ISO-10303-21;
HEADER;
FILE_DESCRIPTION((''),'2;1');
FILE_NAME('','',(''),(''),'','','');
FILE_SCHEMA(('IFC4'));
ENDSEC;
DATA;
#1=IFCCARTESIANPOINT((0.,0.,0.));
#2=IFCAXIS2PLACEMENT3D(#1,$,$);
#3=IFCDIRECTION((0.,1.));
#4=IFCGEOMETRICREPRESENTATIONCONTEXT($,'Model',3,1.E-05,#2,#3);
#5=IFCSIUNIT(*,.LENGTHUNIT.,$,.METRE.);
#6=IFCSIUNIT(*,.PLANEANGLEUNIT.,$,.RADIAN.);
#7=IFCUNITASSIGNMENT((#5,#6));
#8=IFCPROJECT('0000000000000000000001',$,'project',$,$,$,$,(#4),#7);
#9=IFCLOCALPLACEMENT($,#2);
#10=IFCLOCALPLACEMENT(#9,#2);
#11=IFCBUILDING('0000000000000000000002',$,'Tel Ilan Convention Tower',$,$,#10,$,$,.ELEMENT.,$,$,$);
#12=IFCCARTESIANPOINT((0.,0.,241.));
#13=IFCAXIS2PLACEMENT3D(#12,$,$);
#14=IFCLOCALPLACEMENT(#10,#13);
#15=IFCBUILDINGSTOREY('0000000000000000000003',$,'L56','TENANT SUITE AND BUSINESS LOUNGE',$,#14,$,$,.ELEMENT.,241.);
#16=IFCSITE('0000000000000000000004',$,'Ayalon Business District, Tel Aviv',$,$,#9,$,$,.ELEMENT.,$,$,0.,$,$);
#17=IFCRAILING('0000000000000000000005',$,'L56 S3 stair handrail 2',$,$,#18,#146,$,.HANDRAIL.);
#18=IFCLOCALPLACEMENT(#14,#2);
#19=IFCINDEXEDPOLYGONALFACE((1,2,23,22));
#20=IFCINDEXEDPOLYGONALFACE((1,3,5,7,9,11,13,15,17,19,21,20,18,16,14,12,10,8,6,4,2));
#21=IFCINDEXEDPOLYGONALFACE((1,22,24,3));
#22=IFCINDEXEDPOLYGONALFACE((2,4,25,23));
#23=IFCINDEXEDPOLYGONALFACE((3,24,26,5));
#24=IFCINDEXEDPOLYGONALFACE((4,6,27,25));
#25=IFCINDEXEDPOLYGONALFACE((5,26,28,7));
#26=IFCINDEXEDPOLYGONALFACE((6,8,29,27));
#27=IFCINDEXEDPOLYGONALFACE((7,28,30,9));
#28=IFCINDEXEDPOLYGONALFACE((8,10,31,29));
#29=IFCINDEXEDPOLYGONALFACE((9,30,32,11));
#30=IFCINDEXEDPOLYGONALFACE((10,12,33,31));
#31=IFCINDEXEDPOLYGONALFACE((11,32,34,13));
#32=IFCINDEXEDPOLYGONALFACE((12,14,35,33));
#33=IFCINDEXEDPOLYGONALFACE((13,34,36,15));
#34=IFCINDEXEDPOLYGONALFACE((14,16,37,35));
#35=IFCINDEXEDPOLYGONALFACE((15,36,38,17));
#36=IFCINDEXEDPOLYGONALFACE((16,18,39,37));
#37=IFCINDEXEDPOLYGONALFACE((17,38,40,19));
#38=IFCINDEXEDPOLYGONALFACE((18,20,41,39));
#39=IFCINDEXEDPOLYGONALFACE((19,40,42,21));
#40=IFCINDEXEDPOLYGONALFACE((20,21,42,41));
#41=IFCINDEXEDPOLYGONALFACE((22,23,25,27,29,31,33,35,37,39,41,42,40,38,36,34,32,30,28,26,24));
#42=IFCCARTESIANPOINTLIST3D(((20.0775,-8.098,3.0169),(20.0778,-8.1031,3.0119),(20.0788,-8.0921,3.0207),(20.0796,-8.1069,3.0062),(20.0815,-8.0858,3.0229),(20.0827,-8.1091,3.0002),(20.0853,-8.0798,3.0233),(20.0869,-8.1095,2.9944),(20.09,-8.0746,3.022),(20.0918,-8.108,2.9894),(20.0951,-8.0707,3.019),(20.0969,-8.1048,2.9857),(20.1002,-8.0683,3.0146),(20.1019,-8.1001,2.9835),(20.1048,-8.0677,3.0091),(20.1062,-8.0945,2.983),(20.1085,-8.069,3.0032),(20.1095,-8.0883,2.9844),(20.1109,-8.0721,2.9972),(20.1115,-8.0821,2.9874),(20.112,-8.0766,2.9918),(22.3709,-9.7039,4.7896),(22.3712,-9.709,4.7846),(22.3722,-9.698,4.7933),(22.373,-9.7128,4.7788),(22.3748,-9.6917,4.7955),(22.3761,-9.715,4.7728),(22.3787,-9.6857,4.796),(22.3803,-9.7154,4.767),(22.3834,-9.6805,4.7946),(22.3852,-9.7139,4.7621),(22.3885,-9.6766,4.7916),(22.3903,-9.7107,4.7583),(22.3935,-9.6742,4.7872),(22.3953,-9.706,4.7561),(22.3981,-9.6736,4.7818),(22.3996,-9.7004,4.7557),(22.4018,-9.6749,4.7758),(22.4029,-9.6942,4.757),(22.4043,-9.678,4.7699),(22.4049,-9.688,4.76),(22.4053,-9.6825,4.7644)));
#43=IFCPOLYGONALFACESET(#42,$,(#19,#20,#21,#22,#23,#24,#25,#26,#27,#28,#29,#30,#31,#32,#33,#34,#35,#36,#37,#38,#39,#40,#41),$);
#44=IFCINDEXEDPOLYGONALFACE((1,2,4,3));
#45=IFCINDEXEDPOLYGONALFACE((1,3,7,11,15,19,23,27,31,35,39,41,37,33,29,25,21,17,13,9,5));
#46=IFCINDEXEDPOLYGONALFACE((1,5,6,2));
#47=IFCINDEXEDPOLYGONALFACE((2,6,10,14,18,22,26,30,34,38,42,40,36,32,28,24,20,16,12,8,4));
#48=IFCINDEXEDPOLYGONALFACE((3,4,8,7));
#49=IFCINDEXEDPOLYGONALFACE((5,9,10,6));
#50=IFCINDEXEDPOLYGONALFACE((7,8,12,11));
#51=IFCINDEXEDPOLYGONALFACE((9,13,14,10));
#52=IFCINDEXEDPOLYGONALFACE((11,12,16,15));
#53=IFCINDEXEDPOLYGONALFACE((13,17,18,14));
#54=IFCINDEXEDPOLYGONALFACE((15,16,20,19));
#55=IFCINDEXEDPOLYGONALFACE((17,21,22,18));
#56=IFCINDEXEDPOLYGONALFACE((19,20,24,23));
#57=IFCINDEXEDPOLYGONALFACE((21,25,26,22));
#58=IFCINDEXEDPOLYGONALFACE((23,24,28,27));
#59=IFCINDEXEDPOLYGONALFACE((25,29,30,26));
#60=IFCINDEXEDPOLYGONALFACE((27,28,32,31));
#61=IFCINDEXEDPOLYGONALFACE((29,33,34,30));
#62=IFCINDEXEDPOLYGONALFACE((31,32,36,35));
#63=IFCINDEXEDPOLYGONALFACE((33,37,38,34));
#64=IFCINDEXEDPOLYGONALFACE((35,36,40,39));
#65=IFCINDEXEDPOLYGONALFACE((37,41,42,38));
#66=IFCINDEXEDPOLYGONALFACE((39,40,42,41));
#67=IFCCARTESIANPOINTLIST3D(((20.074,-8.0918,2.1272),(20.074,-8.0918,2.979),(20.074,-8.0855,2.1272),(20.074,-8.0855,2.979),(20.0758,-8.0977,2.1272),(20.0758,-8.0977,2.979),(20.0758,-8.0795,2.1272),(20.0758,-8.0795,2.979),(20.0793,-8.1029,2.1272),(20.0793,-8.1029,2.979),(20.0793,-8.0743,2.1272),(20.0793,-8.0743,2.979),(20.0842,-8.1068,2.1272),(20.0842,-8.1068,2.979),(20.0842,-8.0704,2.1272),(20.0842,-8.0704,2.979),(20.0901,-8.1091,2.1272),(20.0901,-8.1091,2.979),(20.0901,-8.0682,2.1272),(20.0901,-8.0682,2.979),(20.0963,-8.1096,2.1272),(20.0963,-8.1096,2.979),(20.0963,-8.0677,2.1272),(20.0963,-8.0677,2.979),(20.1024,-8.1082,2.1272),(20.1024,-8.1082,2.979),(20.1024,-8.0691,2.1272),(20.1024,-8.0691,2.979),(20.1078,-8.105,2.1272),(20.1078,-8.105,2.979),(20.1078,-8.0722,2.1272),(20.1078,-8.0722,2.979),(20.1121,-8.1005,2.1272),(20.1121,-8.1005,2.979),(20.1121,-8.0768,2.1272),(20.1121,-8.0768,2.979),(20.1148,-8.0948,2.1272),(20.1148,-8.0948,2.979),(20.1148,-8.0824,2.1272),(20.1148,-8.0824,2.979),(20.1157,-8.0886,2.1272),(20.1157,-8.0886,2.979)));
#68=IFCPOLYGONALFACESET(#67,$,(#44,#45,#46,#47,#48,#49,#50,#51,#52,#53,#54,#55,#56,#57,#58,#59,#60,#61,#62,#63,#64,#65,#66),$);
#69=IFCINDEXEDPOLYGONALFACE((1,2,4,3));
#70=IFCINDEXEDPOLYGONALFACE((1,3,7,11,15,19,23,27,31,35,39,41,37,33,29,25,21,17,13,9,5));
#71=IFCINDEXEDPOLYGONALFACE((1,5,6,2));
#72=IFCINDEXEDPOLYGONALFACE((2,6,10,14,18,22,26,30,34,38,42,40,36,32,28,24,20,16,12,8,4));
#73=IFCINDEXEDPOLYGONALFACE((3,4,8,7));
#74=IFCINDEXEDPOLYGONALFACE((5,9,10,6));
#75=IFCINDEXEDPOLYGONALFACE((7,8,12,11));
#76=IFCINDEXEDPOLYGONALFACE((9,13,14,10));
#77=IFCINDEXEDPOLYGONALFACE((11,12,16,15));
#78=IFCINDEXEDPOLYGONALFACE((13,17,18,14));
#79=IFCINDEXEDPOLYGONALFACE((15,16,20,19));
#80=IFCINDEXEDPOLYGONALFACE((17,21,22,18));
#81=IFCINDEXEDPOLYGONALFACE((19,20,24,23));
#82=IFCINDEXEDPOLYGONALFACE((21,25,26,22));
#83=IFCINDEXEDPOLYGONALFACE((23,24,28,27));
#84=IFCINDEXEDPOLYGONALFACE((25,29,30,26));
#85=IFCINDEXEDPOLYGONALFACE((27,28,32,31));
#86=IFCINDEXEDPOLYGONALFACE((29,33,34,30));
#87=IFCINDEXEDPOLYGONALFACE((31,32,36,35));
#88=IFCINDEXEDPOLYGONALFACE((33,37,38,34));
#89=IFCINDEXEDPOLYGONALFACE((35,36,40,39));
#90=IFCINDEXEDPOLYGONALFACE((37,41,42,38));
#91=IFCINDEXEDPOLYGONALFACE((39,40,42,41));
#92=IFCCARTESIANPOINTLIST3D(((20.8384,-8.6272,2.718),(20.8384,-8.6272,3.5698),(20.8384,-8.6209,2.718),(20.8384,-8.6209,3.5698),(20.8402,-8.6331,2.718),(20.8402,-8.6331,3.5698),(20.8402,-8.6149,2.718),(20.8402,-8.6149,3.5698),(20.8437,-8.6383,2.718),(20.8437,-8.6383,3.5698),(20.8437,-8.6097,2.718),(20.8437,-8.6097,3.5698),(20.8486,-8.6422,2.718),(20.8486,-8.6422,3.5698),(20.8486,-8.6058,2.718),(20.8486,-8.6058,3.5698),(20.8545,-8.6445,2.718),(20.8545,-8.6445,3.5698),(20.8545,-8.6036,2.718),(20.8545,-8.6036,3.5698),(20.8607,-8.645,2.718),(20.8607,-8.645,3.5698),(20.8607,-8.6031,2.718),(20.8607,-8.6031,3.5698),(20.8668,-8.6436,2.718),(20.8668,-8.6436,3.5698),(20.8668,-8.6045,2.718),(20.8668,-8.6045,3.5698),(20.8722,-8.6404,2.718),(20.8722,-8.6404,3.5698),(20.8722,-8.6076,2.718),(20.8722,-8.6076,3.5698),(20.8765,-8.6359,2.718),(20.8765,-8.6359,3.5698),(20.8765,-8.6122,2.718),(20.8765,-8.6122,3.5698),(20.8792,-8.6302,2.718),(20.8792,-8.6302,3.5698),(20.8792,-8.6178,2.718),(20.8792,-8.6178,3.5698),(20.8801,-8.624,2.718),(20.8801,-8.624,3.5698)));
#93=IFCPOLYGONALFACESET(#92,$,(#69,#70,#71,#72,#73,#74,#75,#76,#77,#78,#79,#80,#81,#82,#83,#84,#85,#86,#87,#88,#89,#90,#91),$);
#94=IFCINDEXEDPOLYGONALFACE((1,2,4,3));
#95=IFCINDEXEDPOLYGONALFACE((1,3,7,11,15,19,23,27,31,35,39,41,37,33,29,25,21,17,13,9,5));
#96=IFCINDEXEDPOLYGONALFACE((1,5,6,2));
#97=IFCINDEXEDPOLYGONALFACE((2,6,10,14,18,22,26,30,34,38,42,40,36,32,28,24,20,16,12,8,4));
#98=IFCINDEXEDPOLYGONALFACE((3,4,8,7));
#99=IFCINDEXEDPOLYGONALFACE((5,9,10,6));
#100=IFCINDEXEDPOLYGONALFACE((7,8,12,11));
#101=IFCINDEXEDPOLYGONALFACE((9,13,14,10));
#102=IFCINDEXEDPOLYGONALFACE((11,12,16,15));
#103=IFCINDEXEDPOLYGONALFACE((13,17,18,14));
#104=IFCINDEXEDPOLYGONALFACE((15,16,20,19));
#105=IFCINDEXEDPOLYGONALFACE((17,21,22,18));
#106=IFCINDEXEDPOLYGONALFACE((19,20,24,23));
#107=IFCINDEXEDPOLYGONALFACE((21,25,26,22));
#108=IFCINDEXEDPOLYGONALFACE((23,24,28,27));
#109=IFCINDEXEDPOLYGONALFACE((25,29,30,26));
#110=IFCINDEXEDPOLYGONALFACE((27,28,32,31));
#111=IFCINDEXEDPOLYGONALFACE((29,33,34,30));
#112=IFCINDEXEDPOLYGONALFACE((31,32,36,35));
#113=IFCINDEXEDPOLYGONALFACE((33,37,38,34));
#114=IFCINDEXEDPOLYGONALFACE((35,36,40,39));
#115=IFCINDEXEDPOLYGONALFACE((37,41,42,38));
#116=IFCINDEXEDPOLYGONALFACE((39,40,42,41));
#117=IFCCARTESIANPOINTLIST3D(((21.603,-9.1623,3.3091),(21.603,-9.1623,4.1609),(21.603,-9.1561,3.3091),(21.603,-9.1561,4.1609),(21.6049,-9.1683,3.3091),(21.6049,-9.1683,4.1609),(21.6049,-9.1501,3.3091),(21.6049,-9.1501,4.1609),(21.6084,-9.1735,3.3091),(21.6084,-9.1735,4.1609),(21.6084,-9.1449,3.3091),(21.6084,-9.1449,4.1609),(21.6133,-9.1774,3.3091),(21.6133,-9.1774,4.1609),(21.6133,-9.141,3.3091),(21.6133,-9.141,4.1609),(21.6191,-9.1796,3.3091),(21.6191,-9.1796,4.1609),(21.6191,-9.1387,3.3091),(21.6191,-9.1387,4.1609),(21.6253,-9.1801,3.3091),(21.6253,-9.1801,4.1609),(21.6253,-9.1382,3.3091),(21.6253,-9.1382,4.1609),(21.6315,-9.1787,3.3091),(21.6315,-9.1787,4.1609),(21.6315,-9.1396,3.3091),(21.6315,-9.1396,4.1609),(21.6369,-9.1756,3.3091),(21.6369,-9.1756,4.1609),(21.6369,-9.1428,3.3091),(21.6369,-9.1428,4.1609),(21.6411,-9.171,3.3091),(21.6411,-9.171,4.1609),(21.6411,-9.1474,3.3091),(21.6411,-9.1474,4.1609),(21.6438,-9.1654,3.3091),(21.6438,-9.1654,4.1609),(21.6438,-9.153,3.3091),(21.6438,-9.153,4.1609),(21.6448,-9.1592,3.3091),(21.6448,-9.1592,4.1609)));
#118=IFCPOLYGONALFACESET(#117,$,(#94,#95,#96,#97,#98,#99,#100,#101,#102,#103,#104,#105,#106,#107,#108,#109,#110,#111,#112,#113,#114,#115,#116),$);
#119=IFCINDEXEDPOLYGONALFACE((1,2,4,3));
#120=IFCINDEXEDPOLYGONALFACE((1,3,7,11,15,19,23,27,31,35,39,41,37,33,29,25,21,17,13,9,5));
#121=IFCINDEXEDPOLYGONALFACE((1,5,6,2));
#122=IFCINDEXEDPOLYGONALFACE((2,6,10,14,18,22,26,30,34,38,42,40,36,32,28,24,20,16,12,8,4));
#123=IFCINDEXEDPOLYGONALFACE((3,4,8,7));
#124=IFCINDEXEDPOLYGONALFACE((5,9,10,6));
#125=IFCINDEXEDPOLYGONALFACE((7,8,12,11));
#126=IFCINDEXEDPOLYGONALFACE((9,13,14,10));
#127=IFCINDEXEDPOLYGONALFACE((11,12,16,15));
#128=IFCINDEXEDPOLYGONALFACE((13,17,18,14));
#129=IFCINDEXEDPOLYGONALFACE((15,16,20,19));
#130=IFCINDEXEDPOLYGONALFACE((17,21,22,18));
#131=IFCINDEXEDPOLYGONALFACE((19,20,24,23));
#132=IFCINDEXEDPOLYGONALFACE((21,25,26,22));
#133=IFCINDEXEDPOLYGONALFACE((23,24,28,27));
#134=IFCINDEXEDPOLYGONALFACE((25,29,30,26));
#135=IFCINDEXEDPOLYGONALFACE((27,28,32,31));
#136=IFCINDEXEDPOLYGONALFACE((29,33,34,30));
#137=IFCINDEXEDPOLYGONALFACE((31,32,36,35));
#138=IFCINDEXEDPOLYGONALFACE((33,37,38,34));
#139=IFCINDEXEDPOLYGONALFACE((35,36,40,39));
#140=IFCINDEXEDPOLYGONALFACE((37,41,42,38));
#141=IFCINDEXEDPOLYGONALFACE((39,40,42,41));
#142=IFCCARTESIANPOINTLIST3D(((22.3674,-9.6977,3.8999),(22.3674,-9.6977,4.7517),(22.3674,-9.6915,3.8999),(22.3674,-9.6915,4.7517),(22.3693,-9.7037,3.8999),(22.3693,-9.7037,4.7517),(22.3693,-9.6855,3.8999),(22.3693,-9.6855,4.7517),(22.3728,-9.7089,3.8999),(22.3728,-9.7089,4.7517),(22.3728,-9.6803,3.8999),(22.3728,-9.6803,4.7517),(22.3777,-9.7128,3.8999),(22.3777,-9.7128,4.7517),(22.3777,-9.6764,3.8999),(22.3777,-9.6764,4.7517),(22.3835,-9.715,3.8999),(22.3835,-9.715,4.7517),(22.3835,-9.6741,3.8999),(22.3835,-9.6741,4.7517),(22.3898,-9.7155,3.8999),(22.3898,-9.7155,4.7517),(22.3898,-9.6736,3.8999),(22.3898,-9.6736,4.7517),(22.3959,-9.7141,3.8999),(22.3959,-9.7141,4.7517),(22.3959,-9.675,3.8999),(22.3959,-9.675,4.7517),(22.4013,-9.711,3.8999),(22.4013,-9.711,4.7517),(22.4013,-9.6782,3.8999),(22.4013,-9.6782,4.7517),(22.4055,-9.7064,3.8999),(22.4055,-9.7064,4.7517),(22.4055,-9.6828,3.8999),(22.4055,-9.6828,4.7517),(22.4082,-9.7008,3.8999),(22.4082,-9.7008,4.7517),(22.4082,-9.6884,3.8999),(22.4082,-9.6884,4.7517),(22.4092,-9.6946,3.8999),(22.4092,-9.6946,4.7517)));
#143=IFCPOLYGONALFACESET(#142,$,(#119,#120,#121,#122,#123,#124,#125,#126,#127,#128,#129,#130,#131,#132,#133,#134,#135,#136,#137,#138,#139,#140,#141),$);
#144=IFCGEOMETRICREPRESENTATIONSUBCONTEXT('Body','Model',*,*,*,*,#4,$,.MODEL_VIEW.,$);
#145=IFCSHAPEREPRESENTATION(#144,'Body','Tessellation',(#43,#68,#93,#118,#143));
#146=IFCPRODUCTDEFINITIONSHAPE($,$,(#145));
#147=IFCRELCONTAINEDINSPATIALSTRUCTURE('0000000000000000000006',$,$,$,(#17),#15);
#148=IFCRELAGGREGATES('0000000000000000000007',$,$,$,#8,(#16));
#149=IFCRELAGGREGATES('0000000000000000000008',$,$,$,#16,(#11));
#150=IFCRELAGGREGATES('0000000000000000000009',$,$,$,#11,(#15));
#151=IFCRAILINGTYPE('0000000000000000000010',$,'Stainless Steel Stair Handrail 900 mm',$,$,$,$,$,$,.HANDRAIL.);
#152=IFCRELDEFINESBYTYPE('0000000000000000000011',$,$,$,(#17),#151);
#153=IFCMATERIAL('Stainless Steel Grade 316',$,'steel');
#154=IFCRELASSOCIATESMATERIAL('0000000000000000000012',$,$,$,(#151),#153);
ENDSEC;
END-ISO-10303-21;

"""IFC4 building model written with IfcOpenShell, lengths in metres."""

from ifc_helpers import new_model, si_unit, direction, frame, origin, origin_2d, place, context, subcontext, project, spatial, circle, extrude, material, type_object, element, save


model = new_model("IFC4")

# Units and contexts
model_context = context("Model", 3, precision=1e-05, world=origin(), true_north=direction((0.0, 1.0)))
body_context = subcontext(model_context, "Body", "Model", "MODEL_VIEW")
ifc_project = project(units=[si_unit("LENGTHUNIT", "METRE"), si_unit("PLANEANGLEUNIT", "RADIAN")], contexts=[model_context])

# Site, building, storey
site_placement = place(None, origin())
site = spatial("IfcSite", under=ifc_project, at=site_placement, Name="Ayalon Business District, Tel Aviv", CompositionType="ELEMENT", RefElevation=0.0)
building_placement = place(site_placement, origin())
building = spatial("IfcBuilding", under=site, at=building_placement, Name="Tel Ilan Convention Tower", CompositionType="ELEMENT")
storey_placement = place(building_placement, frame((0.0, 0.0, 241.0)))
storey = spatial("IfcBuildingStorey", under=building, at=storey_placement, Name="L56", Description="TENANT SUITE AND BUSINESS LOUNGE", CompositionType="ELEMENT", Elevation=241.0)

# Railing
ifc_material_1 = material(Name="Stainless Steel Grade 316", Category="steel")
railing_type_1 = type_object("IfcRailingType", Name="Stainless Steel Stair Handrail 900 mm", PredefinedType="HANDRAIL", material=ifc_material_1)
railing_1_placement = place(storey_placement, frame((20.0947, -8.0886, 2.1272)))
element("IfcRailing", 1, at=railing_1_placement, inside=storey, type_object=railing_type_1, Name="L56 S3 stair handrail 2", PredefinedType="HANDRAIL", context=body_context, shape_type="SweptSolid", body=[
    extrude(circle(Radius=0.0239, at=origin_2d()), frame((0.0, 0.0, 0.876), z_axis=(0.692085, -0.484621, 0.53494), x_axis=(0.573591, 0.819142, 0.0)), (0.0, 0.0, 1.0), 3.3137),
    extrude(circle(Radius=0.021, at=origin_2d()), origin(), (0.0, 0.0, 1.0), 0.8518),
    extrude(circle(Radius=0.021, at=origin_2d()), frame((0.7644, -0.5354, 0.5908)), (0.0, 0.0, 1.0), 0.8518),
    extrude(circle(Radius=0.021, at=origin_2d()), frame((1.5291, -1.0706, 1.1819)), (0.0, 0.0, 1.0), 0.8518),
    extrude(circle(Radius=0.021, at=origin_2d()), frame((2.2935, -1.606, 1.7727)), (0.0, 0.0, 1.0), 0.8518),
])

save(model, "model.ifc")
